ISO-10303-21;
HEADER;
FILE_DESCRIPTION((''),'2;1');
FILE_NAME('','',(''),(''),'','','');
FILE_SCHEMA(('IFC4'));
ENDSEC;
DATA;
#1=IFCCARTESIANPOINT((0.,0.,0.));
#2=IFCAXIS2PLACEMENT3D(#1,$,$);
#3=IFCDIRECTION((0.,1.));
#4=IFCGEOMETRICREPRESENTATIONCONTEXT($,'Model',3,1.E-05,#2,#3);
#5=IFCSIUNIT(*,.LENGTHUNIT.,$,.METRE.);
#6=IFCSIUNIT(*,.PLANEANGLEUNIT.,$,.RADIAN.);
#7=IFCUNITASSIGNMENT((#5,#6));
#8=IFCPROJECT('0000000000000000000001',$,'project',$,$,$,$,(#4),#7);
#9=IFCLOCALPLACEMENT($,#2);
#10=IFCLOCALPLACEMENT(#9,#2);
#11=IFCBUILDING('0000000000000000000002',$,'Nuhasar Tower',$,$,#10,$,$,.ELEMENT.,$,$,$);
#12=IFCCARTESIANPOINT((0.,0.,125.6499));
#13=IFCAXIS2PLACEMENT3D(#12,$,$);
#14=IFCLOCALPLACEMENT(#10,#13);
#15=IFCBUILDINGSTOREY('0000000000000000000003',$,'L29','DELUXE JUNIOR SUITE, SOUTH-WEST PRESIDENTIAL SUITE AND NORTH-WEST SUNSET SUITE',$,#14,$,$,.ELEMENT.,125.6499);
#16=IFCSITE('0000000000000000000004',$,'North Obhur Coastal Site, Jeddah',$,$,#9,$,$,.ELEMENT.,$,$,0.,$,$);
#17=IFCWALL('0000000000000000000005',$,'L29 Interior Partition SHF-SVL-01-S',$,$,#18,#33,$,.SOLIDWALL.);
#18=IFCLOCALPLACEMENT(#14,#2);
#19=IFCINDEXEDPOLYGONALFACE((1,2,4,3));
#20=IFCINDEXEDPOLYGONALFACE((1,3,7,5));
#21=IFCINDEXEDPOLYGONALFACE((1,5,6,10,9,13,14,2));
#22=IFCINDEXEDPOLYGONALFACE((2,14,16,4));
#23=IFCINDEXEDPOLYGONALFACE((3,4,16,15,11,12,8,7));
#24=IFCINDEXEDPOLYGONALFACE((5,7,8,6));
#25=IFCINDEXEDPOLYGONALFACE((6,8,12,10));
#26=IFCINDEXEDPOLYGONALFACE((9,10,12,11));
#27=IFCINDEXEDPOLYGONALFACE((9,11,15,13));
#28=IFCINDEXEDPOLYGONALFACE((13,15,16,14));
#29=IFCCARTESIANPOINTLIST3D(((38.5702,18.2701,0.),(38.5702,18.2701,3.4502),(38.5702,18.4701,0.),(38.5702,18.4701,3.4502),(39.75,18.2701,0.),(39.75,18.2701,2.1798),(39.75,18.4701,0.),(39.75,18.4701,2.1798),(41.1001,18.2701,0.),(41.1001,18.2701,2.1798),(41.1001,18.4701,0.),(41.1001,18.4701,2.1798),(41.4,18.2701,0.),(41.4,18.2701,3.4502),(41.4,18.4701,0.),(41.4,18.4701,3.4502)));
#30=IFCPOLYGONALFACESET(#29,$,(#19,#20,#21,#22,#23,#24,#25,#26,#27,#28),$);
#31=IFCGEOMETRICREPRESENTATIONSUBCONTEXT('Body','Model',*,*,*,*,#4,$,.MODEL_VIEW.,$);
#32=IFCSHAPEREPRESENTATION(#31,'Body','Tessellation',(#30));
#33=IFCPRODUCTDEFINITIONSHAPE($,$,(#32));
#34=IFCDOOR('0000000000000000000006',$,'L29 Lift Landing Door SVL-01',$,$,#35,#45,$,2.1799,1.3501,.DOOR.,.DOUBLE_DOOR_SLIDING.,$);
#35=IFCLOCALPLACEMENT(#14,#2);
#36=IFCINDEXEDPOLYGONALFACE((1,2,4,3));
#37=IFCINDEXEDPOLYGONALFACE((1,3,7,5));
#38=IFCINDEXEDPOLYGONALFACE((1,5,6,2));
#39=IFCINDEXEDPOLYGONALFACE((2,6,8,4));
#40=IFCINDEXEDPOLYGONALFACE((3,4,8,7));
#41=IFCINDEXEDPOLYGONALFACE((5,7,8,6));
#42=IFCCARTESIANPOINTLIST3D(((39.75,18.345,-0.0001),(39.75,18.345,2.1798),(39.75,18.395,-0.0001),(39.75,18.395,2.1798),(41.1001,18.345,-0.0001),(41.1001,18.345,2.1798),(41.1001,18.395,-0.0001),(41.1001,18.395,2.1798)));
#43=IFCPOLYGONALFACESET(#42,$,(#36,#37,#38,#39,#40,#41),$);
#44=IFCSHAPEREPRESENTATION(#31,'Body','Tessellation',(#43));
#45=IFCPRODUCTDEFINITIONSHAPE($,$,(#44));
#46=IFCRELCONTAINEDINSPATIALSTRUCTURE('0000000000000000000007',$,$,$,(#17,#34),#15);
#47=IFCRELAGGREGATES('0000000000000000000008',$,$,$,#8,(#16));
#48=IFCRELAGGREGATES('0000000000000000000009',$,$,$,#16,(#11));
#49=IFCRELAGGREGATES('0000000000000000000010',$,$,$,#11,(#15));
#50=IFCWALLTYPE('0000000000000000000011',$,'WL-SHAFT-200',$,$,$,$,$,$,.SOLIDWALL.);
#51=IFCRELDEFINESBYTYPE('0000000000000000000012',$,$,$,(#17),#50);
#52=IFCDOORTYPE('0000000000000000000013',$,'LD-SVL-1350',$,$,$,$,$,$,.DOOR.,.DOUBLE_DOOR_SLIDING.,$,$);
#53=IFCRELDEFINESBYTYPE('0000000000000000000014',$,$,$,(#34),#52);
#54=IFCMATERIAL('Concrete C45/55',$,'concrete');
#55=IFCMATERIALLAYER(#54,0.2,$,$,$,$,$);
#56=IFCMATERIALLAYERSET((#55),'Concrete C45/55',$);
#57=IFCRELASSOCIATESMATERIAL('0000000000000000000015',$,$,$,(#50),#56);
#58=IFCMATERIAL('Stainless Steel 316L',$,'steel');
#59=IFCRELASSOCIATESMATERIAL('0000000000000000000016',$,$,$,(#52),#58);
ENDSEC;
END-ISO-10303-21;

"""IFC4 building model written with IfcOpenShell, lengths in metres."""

from ifc_helpers import new_model, si_unit, direction, frame, frame_2d, origin, place, context, subcontext, project, spatial, rectangle, extrude, material, layer, layer_set, type_object, element, fill, save


model = new_model("IFC4")

# Units and contexts
model_context = context("Model", 3, precision=1e-05, world=origin(), true_north=direction((0.0, 1.0)))
body_context = subcontext(model_context, "Body", "Model", "MODEL_VIEW")
ifc_project = project(units=[si_unit("LENGTHUNIT", "METRE"), si_unit("PLANEANGLEUNIT", "RADIAN")], contexts=[model_context])

# Site, building, storey
site_placement = place(None, origin())
site = spatial("IfcSite", under=ifc_project, at=site_placement, Name="North Obhur Coastal Site, Jeddah", CompositionType="ELEMENT", RefElevation=0.0)
building_placement = place(site_placement, origin())
building = spatial("IfcBuilding", under=site, at=building_placement, Name="Nuhasar Tower", CompositionType="ELEMENT")
storey_placement = place(building_placement, frame((0.0, 0.0, 125.6499)))
storey = spatial("IfcBuildingStorey", under=building, at=storey_placement, Name="L29", Description="DELUXE JUNIOR SUITE, SOUTH-WEST PRESIDENTIAL SUITE AND NORTH-WEST SUNSET SUITE", CompositionType="ELEMENT", Elevation=125.6499)

# Shared definitions
ifc_material_1 = material(Name="Concrete C45/55", Category="concrete")
ifc_layer_1 = layer(ifc_material_1, 0.2)
ifc_layer_set_1 = layer_set([ifc_layer_1], Name="Concrete C45/55")
wall_type_1 = type_object("IfcWallType", Name="WL-SHAFT-200", PredefinedType="SOLIDWALL", material=ifc_layer_set_1)

# Shared definitions
ifc_material_2 = material(Name="Stainless Steel 316L", Category="steel")

# Wall, opening, door
wall_1_placement = place(storey_placement, frame((38.5701, 18.3701, 0.0), z_axis=(0.0, 0.0, 1.0), x_axis=(1.0, 0.0, 0.0)))
wall_1 = element("IfcWall", 1, at=wall_1_placement, inside=storey, type_object=wall_type_1, Name="L29 Interior Partition SHF-SVL-01-S", PredefinedType="SOLIDWALL", context=body_context, shape_type="SweptSolid", body=[
    extrude(rectangle(XDim=2.8298, YDim=0.2, at=frame_2d((1.415, 0.0))), origin(), (0.0, 0.0, 1.0), 3.4502),
])
opening_1_placement = place(wall_1_placement, frame((1.1799, 0.0, 0.0)))
opening_1 = element("IfcOpeningElement", 2, at=opening_1_placement, cuts=wall_1, PredefinedType="OPENING", context=body_context, shape_type="SweptSolid", body=[
    extrude(rectangle(XDim=1.3501, YDim=2.1799, at=frame_2d((0.675, 1.0898))), frame((0.0, 0.1099, 0.0), z_axis=(0.0, -1.0, 0.0), x_axis=(1.0, 0.0, 0.0)), (0.0, 0.0, 1.0), 0.22),
])
door_type_1 = type_object("IfcDoorType", Name="LD-SVL-1350", OperationType="DOUBLE_DOOR_SLIDING", PredefinedType="DOOR", material=ifc_material_2)
door_1_placement = place(opening_1_placement, origin())
door_1 = element("IfcDoor", 3, at=door_1_placement, inside=storey, type_object=door_type_1, Name="L29 Lift Landing Door SVL-01", OperationType="DOUBLE_DOOR_SLIDING", OverallHeight=2.1799, OverallWidth=1.3501, PredefinedType="DOOR", context=body_context, shape_type="SweptSolid", body=[
    extrude(rectangle(XDim=1.3501, YDim=2.1799, at=frame_2d((0.675, 1.0898))), frame((0.0, 0.0249, 0.0), z_axis=(0.0, -1.0, 0.0), x_axis=(1.0, 0.0, 0.0)), (0.0, 0.0, 1.0), 0.05),
])
fill(opening_1, door_1)

save(model, "model.ifc")
